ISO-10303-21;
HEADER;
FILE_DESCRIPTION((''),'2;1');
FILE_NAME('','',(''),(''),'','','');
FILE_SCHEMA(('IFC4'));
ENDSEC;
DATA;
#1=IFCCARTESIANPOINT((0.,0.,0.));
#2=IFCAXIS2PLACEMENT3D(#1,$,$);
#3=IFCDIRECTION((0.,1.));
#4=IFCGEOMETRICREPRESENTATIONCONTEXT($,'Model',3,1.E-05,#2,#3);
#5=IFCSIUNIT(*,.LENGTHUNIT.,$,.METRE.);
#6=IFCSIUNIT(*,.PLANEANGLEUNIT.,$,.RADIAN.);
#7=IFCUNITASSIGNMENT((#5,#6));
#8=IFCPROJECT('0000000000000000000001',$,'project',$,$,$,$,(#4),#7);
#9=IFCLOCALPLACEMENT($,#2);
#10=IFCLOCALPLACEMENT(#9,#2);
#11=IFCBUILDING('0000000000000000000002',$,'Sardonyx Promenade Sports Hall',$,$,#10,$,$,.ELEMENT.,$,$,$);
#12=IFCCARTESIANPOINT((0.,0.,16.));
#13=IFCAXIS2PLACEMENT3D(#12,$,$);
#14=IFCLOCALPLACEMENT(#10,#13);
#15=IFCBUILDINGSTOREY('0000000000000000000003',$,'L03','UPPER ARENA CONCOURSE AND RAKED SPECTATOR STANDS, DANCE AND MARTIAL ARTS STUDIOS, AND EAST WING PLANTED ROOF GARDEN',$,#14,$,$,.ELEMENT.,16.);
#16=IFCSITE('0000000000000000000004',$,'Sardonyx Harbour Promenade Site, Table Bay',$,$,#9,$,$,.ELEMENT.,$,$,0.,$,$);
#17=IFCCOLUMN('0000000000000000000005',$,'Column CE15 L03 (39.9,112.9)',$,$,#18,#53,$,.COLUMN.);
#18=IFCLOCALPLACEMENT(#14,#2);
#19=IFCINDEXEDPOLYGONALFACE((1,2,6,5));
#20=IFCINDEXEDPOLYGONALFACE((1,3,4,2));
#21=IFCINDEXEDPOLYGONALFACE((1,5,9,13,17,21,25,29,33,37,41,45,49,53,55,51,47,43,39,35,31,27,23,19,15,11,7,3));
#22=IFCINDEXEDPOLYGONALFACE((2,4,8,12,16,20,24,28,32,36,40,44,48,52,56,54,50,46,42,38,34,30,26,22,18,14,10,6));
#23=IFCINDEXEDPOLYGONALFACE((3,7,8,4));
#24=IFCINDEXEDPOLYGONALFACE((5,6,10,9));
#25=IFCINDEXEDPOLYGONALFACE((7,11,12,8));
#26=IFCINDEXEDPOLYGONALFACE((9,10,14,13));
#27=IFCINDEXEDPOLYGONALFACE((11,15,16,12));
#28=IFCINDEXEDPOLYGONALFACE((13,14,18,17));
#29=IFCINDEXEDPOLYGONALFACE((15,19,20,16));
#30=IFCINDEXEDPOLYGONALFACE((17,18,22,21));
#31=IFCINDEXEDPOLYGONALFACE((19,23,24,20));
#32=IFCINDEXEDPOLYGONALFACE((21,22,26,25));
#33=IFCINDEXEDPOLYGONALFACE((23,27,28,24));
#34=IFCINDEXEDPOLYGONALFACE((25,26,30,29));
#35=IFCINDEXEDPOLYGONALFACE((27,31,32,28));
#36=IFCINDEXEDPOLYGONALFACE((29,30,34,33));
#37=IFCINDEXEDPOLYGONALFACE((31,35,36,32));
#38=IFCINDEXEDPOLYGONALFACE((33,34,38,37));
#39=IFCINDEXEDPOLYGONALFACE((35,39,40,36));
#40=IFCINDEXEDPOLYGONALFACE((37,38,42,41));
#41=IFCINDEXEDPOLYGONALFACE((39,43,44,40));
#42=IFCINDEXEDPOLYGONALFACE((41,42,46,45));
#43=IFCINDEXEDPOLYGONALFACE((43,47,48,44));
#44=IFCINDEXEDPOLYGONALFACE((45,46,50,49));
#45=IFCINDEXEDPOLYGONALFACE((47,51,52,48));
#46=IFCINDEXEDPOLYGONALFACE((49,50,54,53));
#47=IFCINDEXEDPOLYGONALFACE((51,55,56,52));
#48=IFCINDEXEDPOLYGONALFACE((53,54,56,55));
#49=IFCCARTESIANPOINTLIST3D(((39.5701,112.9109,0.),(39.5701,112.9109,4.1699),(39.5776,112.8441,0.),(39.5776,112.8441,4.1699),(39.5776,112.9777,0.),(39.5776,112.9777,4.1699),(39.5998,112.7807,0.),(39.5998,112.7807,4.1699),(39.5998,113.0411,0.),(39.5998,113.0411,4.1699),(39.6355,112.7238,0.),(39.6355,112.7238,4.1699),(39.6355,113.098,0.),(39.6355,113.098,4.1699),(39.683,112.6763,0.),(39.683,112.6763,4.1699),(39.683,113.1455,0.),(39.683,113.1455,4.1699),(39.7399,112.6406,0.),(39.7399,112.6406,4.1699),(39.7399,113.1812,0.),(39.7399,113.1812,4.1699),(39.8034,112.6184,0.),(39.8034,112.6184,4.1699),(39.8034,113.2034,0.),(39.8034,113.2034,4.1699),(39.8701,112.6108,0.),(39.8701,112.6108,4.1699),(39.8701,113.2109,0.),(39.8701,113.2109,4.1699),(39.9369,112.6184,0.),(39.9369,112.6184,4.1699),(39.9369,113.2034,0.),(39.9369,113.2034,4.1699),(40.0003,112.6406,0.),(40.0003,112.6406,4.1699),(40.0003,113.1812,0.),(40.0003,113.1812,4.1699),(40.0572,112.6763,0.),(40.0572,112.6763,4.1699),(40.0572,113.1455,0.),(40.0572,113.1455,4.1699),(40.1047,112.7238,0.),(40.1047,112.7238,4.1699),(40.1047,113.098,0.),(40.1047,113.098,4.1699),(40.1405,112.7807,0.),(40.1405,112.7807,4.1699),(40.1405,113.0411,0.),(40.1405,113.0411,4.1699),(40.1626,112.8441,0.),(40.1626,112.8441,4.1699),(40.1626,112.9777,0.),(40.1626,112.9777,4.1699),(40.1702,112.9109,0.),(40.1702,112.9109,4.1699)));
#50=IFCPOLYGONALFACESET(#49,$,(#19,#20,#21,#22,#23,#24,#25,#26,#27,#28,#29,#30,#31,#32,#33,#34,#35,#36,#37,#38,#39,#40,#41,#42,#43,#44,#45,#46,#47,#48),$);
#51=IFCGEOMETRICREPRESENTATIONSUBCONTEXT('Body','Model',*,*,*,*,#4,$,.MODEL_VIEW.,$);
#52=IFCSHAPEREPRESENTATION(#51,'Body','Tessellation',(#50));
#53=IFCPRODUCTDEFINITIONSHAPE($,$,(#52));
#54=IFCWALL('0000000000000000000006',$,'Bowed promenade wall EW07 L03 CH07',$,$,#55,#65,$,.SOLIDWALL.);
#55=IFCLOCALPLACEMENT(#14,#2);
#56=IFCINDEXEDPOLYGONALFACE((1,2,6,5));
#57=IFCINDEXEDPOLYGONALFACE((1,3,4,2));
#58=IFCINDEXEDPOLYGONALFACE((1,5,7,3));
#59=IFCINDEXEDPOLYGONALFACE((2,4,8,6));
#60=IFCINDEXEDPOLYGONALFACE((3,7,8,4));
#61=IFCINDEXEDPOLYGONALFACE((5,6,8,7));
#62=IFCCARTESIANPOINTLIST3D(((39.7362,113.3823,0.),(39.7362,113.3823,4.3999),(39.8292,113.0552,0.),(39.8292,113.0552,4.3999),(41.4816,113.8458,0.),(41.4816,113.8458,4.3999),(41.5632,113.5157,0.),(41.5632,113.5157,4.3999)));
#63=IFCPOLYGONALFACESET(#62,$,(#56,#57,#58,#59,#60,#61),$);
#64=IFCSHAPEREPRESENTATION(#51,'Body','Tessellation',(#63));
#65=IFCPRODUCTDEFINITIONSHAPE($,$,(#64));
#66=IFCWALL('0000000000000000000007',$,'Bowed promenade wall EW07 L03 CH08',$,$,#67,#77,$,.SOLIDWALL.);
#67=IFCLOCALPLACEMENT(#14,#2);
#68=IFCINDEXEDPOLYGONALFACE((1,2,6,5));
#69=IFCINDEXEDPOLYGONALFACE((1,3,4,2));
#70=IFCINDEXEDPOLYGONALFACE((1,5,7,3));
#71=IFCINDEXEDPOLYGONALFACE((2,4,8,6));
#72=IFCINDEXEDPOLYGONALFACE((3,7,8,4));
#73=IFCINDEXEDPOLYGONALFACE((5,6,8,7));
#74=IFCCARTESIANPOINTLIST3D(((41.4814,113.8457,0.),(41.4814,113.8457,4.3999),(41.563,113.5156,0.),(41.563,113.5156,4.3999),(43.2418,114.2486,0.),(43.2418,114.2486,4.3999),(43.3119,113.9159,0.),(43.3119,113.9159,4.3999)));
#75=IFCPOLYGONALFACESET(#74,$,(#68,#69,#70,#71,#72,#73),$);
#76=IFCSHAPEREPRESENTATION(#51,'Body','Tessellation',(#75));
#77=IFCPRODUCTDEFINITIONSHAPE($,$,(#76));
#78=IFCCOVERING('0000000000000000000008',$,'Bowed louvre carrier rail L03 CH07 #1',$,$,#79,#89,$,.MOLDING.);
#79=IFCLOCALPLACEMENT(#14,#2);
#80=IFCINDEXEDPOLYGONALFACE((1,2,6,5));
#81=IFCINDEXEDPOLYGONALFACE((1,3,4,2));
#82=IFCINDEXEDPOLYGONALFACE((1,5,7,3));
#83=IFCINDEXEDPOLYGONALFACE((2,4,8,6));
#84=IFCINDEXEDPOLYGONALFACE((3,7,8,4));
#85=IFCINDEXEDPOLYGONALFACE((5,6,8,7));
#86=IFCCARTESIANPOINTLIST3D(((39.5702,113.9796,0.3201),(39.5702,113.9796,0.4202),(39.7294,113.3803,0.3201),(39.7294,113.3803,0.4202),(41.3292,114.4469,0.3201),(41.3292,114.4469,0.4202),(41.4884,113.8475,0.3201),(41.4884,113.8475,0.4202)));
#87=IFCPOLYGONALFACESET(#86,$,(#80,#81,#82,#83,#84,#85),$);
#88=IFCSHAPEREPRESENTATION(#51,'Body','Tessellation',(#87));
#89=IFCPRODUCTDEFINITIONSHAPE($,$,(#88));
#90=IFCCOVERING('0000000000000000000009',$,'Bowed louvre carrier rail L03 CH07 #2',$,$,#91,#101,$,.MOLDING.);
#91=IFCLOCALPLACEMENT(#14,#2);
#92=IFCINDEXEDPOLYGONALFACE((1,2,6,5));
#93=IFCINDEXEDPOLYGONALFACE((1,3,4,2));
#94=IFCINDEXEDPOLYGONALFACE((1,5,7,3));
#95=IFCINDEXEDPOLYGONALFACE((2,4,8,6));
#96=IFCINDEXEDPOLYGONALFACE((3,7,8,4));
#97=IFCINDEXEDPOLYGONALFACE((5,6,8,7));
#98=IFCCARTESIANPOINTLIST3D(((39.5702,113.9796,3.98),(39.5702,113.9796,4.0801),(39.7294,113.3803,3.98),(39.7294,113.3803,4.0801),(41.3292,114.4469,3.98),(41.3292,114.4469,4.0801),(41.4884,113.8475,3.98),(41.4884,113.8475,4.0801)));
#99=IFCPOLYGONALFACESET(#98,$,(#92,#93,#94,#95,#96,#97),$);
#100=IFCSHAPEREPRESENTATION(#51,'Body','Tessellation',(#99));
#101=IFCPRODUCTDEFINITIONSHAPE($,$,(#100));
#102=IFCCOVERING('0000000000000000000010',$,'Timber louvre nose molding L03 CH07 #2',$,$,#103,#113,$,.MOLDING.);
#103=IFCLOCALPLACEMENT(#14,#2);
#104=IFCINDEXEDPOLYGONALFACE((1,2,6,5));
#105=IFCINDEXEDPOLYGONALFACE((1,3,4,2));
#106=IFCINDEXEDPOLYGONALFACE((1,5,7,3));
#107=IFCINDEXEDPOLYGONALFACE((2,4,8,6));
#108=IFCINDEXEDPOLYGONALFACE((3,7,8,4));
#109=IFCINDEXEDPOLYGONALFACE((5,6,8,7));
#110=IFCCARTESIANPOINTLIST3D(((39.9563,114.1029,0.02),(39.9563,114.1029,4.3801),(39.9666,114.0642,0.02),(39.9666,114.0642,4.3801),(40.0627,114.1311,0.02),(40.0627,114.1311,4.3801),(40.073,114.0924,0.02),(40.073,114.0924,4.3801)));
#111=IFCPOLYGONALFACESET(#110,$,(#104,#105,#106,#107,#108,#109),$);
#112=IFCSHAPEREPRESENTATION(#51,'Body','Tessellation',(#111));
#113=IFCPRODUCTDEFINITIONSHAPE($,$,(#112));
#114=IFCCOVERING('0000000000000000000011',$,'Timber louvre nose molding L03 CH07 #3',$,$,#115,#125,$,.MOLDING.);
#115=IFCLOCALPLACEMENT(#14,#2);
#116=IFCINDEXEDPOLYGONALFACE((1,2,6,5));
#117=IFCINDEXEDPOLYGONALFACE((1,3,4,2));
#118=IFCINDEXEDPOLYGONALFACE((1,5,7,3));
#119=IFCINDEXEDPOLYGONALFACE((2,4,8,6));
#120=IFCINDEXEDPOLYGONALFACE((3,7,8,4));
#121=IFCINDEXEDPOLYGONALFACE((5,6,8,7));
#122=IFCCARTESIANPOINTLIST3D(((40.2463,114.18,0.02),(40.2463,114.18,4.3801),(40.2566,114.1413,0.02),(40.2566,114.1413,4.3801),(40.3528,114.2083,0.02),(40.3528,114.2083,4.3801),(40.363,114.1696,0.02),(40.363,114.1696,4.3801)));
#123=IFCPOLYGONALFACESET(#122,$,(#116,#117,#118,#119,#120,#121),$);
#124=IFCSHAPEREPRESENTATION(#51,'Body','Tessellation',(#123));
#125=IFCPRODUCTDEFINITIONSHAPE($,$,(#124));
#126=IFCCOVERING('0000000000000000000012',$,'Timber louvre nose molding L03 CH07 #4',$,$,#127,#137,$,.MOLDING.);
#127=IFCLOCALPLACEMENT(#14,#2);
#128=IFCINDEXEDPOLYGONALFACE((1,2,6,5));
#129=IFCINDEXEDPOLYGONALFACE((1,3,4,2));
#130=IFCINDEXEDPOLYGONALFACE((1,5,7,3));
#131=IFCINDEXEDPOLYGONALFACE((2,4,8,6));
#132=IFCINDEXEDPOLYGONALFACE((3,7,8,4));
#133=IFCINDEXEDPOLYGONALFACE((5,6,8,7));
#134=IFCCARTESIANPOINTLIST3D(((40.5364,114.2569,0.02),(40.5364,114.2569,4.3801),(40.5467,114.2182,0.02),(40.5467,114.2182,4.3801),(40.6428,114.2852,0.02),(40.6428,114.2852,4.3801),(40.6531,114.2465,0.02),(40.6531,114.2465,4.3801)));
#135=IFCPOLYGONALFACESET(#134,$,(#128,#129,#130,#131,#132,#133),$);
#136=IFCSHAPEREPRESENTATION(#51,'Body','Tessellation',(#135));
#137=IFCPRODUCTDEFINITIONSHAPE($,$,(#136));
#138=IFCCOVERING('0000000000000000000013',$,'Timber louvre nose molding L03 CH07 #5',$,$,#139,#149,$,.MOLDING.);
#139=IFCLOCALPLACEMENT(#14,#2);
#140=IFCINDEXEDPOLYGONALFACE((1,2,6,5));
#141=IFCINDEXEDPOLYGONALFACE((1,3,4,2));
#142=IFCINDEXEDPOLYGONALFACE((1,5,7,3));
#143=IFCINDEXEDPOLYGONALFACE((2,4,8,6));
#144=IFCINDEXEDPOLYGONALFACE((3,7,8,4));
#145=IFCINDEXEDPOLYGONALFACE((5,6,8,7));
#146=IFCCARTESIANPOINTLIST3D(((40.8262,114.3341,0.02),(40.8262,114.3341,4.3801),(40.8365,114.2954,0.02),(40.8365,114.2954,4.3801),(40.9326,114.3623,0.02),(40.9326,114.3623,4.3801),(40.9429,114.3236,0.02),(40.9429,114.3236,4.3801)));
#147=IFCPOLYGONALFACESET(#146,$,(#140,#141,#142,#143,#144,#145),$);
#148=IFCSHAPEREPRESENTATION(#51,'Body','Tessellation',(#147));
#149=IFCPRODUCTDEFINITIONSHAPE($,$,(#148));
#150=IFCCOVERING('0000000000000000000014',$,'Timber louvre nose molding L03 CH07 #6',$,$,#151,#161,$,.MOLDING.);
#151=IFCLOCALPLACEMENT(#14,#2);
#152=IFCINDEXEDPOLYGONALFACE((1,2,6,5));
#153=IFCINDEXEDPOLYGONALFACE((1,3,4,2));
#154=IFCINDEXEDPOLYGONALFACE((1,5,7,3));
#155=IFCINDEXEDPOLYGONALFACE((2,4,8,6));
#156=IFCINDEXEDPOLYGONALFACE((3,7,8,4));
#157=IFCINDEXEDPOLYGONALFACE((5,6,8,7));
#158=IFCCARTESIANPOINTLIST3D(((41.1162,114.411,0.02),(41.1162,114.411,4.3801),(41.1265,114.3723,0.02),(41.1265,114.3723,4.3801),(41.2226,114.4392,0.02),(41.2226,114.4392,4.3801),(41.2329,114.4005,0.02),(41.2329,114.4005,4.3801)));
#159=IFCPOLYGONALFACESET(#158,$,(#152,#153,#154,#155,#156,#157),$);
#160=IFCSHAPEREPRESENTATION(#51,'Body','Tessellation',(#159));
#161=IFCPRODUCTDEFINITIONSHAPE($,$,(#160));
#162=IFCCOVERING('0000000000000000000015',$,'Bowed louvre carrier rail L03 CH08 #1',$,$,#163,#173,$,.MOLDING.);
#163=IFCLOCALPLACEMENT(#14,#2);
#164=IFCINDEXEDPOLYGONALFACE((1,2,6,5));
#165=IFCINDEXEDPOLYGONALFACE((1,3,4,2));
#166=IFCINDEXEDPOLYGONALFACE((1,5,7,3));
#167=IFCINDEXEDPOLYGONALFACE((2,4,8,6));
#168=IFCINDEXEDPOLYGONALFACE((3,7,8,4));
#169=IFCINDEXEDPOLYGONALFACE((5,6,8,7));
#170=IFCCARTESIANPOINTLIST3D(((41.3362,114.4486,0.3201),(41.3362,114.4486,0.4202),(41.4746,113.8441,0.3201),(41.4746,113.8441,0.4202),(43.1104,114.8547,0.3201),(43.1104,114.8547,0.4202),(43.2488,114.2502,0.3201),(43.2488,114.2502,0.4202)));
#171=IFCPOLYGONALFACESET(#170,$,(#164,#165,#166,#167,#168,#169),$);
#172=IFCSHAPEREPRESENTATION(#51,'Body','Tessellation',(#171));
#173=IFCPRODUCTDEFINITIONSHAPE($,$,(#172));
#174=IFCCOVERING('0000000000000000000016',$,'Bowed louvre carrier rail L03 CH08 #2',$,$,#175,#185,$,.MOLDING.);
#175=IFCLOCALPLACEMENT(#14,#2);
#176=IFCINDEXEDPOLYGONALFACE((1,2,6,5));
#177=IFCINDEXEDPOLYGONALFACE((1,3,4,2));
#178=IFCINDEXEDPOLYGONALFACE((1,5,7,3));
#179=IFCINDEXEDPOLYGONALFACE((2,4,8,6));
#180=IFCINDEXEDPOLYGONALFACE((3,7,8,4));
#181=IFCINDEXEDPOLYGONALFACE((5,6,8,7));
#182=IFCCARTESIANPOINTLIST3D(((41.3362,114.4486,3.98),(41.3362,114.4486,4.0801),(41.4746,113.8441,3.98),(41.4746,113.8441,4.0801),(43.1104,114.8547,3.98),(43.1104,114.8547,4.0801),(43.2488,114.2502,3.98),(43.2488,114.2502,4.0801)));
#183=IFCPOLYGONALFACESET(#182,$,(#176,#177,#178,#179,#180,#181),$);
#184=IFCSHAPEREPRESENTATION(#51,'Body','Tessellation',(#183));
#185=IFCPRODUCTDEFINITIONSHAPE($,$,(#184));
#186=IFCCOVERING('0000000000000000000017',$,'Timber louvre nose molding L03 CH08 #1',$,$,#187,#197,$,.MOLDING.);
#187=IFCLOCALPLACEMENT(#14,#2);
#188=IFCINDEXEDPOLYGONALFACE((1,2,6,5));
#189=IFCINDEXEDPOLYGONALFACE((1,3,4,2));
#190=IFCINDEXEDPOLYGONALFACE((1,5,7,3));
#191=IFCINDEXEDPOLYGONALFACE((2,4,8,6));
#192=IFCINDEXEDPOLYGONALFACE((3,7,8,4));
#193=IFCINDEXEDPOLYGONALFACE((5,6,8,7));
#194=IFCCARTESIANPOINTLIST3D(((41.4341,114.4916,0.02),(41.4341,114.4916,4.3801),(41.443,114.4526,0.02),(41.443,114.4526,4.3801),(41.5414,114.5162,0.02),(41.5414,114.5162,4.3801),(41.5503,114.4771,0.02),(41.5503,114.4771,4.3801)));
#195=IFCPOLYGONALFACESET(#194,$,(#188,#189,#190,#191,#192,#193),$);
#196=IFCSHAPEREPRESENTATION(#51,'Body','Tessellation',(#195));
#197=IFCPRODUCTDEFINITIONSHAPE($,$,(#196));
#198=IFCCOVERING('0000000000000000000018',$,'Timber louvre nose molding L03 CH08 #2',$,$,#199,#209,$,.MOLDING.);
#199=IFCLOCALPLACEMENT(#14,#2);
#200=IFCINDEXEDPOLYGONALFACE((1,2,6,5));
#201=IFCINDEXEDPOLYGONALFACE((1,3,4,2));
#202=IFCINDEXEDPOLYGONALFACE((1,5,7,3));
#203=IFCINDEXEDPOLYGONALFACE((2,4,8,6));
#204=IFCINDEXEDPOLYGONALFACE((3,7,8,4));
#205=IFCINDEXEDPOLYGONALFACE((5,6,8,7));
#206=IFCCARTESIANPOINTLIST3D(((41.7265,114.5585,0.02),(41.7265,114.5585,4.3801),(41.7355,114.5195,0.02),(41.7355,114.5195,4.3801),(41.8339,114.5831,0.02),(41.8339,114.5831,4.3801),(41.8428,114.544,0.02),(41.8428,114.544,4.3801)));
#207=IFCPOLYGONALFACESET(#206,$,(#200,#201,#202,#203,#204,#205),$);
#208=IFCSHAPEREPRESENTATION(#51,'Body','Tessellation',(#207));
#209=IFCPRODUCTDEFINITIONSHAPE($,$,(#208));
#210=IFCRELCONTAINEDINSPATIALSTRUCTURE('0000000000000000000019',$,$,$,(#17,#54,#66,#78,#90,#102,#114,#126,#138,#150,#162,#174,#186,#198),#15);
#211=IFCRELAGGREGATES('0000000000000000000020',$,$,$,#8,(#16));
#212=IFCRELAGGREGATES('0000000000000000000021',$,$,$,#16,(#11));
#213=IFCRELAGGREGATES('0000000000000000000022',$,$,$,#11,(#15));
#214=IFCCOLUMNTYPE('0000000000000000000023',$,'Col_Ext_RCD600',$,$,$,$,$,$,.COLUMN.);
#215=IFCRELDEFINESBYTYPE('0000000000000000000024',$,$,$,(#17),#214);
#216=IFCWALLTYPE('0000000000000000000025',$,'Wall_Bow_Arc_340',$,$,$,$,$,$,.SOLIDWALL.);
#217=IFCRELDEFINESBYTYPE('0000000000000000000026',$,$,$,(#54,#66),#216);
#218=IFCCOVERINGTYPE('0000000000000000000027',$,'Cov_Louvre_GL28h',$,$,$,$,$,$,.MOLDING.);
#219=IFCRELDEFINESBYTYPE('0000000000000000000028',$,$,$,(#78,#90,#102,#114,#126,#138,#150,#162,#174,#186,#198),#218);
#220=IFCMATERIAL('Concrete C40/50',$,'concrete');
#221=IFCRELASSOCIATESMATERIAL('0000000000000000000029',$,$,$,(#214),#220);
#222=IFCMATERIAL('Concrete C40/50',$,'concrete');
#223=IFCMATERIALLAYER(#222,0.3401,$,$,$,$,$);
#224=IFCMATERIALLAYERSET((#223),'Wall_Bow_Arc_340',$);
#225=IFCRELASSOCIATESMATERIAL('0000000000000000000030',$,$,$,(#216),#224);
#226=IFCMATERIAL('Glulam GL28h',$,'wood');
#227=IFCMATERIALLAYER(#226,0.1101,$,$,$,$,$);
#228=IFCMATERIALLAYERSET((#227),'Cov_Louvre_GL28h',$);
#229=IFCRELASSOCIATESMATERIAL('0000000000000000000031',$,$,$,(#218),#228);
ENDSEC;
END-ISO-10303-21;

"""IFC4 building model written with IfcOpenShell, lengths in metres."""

from ifc_helpers import new_model, si_unit, direction, frame, origin, origin_2d, place, context, subcontext, project, spatial, polyline, rectangle, circle, outline, extrude, material, layer, layer_set, material_profile, profile_set, type_object, element, save


model = new_model("IFC4")

# Units and contexts
model_context = context("Model", 3, precision=1e-05, world=origin(), true_north=direction((0.0, 1.0)))
body_context = subcontext(model_context, "Body", "Model", "MODEL_VIEW")
ifc_project = project(units=[si_unit("LENGTHUNIT", "METRE"), si_unit("PLANEANGLEUNIT", "RADIAN")], contexts=[model_context])

# Site, building, storey
site_placement = place(None, origin())
site = spatial("IfcSite", under=ifc_project, at=site_placement, Name="Sardonyx Harbour Promenade Site, Table Bay", CompositionType="ELEMENT", RefElevation=0.0)
building_placement = place(site_placement, origin())
building = spatial("IfcBuilding", under=site, at=building_placement, Name="Sardonyx Promenade Sports Hall", CompositionType="ELEMENT")
storey_placement = place(building_placement, frame((0.0, 0.0, 16.0)))
storey = spatial("IfcBuildingStorey", under=building, at=storey_placement, Name="L03", Description="UPPER ARENA CONCOURSE AND RAKED SPECTATOR STANDS, DANCE AND MARTIAL ARTS STUDIOS, AND EAST WING PLANTED ROOF GARDEN", CompositionType="ELEMENT", Elevation=16.0)

# Column
ifc_material_1 = material(Name="Concrete C40/50", Category="concrete")
ifc_material_profile = material_profile(ifc_material_1, circle(Radius=0.3, at=origin_2d()))
ifc_profile_set = profile_set([ifc_material_profile], Name="Concrete C40/50")
column_type = type_object("IfcColumnType", Name="Col_Ext_RCD600", PredefinedType="COLUMN", material=ifc_profile_set)
column_placement = place(storey_placement, frame((39.8701, 112.9109, 0.0), z_axis=(0.0, 0.0, 1.0), x_axis=(1.0, 0.0, 0.0)))
element("IfcColumn", 1, at=column_placement, inside=storey, type_object=column_type, Name="Column CE15 L03 (39.9,112.9)", PredefinedType="COLUMN", context=body_context, shape_type="SweptSolid", body=[
    extrude(circle(Radius=0.3, at=origin_2d()), origin(), (0.0, 0.0, 1.0), 4.1699),
])

# Walls
ifc_material_2 = material(Name="Concrete C40/50", Category="concrete")
ifc_layer_1 = layer(ifc_material_2, 0.3401)
ifc_layer_set_1 = layer_set([ifc_layer_1], Name="Wall_Bow_Arc_340")
wall_type = type_object("IfcWallType", Name="Wall_Bow_Arc_340", PredefinedType="SOLIDWALL", material=ifc_layer_set_1)
wall_1_placement = place(storey_placement, frame((39.7827, 113.2188, 0.0), z_axis=(0.0, 0.0, 1.0), x_axis=(0.966505, 0.256649, 0.0)))
element("IfcWall", 2, at=wall_1_placement, inside=storey, type_object=wall_type, Name="Bowed promenade wall EW07 L03 CH07", PredefinedType="SOLIDWALL", context=body_context, shape_type="SweptSolid", body=[
    extrude(outline(polyline([(0.0029, -0.17), (1.7971, -0.17), (1.8029, 0.17), (-0.0029, 0.17), (0.0029, -0.17)])), origin(), (0.0, 0.0, 1.0), 4.3999),
])
wall_2_placement = place(storey_placement, frame((41.5222, 113.6807, 0.0), z_axis=(0.0, 0.0, 1.0), x_axis=(0.974792, 0.223116, 0.0)))
element("IfcWall", 3, at=wall_2_placement, inside=storey, type_object=wall_type, Name="Bowed promenade wall EW07 L03 CH08", PredefinedType="SOLIDWALL", context=body_context, shape_type="SweptSolid", body=[
    extrude(outline(polyline([(0.0029, -0.17), (1.7971, -0.17), (1.8029, 0.17), (-0.0029, 0.17), (0.0029, -0.17)])), origin(), (0.0, 0.0, 1.0), 4.3999),
])

# Coverings
ifc_material_3 = material(Name="Glulam GL28h", Category="wood")
ifc_layer_2 = layer(ifc_material_3, 0.1101)
ifc_layer_set_2 = layer_set([ifc_layer_2], Name="Cov_Louvre_GL28h")
covering_type = type_object("IfcCoveringType", Name="Cov_Louvre_GL28h", PredefinedType="MOLDING", material=ifc_layer_set_2)
for number, where, z_axis, x_axis, name in (
    (4, (40.5293, 113.9136, 0.3201), (0.0, 0.0, 1.0), (0.966485, 0.256721, 0.0), "Bowed louvre carrier rail L03 CH07 #1"),
    (5, (40.5293, 113.9136, 3.98), (0.0, 0.0, 1.0), (0.966485, 0.256721, 0.0), "Bowed louvre carrier rail L03 CH07 #2"),
):
    element("IfcCovering", number, at=place(storey_placement, frame(where, z_axis=z_axis, x_axis=x_axis)), inside=storey, type_object=covering_type, Name=name, PredefinedType="MOLDING", context=body_context, shape_type="SweptSolid", body=[
        extrude(rectangle(XDim=1.8201, YDim=0.6201, at=origin_2d()), origin(), (0.0, 0.0, 1.0), 0.1001),
    ])
for number, where, z_axis, x_axis, name in (
    (6, (40.0146, 114.0977, 0.02), (0.0, 0.0, 1.0), (0.966485, 0.256721, 0.0), "Timber louvre nose molding L03 CH07 #2"),
    (7, (40.3047, 114.1748, 0.02), (0.0, 0.0, 1.0), (0.966485, 0.256721, 0.0), "Timber louvre nose molding L03 CH07 #3"),
    (8, (40.5947, 114.2517, 0.02), (0.0, 0.0, 1.0), (0.966485, 0.256721, 0.0), "Timber louvre nose molding L03 CH07 #4"),
    (9, (40.8845, 114.3289, 0.02), (0.0, 0.0, 1.0), (0.966485, 0.256721, 0.0), "Timber louvre nose molding L03 CH07 #5"),
    (10, (41.1746, 114.4058, 0.02), (0.0, 0.0, 1.0), (0.966485, 0.256721, 0.0), "Timber louvre nose molding L03 CH07 #6"),
):
    element("IfcCovering", number, at=place(storey_placement, frame(where, z_axis=z_axis, x_axis=x_axis)), inside=storey, type_object=covering_type, Name=name, PredefinedType="MOLDING", context=body_context, shape_type="SweptSolid", body=[
        extrude(rectangle(XDim=0.1101, YDim=0.04, at=origin_2d()), origin(), (0.0, 0.0, 1.0), 4.3601),
    ])
for number, where, z_axis, x_axis, name in (
    (11, (42.2925, 114.3494, 0.3201), (0.0, 0.0, 1.0), (0.974792, 0.223117, 0.0), "Bowed louvre carrier rail L03 CH08 #1"),
    (12, (42.2925, 114.3494, 3.98), (0.0, 0.0, 1.0), (0.974792, 0.223117, 0.0), "Bowed louvre carrier rail L03 CH08 #2"),
):
    element("IfcCovering", number, at=place(storey_placement, frame(where, z_axis=z_axis, x_axis=x_axis)), inside=storey, type_object=covering_type, Name=name, PredefinedType="MOLDING", context=body_context, shape_type="SweptSolid", body=[
        extrude(rectangle(XDim=1.8201, YDim=0.6201, at=origin_2d()), origin(), (0.0, 0.0, 1.0), 0.1001),
    ])
for number, where, z_axis, x_axis, name in (
    (13, (41.4922, 114.4844, 0.02), (0.0, 0.0, 1.0), (0.974792, 0.223117, 0.0), "Timber louvre nose molding L03 CH08 #1"),
    (14, (41.7847, 114.5513, 0.02), (0.0, 0.0, 1.0), (0.974792, 0.223117, 0.0), "Timber louvre nose molding L03 CH08 #2"),
):
    element("IfcCovering", number, at=place(storey_placement, frame(where, z_axis=z_axis, x_axis=x_axis)), inside=storey, type_object=covering_type, Name=name, PredefinedType="MOLDING", context=body_context, shape_type="SweptSolid", body=[
        extrude(rectangle(XDim=0.1101, YDim=0.04, at=origin_2d()), origin(), (0.0, 0.0, 1.0), 4.3601),
    ])

save(model, "model.ifc")
